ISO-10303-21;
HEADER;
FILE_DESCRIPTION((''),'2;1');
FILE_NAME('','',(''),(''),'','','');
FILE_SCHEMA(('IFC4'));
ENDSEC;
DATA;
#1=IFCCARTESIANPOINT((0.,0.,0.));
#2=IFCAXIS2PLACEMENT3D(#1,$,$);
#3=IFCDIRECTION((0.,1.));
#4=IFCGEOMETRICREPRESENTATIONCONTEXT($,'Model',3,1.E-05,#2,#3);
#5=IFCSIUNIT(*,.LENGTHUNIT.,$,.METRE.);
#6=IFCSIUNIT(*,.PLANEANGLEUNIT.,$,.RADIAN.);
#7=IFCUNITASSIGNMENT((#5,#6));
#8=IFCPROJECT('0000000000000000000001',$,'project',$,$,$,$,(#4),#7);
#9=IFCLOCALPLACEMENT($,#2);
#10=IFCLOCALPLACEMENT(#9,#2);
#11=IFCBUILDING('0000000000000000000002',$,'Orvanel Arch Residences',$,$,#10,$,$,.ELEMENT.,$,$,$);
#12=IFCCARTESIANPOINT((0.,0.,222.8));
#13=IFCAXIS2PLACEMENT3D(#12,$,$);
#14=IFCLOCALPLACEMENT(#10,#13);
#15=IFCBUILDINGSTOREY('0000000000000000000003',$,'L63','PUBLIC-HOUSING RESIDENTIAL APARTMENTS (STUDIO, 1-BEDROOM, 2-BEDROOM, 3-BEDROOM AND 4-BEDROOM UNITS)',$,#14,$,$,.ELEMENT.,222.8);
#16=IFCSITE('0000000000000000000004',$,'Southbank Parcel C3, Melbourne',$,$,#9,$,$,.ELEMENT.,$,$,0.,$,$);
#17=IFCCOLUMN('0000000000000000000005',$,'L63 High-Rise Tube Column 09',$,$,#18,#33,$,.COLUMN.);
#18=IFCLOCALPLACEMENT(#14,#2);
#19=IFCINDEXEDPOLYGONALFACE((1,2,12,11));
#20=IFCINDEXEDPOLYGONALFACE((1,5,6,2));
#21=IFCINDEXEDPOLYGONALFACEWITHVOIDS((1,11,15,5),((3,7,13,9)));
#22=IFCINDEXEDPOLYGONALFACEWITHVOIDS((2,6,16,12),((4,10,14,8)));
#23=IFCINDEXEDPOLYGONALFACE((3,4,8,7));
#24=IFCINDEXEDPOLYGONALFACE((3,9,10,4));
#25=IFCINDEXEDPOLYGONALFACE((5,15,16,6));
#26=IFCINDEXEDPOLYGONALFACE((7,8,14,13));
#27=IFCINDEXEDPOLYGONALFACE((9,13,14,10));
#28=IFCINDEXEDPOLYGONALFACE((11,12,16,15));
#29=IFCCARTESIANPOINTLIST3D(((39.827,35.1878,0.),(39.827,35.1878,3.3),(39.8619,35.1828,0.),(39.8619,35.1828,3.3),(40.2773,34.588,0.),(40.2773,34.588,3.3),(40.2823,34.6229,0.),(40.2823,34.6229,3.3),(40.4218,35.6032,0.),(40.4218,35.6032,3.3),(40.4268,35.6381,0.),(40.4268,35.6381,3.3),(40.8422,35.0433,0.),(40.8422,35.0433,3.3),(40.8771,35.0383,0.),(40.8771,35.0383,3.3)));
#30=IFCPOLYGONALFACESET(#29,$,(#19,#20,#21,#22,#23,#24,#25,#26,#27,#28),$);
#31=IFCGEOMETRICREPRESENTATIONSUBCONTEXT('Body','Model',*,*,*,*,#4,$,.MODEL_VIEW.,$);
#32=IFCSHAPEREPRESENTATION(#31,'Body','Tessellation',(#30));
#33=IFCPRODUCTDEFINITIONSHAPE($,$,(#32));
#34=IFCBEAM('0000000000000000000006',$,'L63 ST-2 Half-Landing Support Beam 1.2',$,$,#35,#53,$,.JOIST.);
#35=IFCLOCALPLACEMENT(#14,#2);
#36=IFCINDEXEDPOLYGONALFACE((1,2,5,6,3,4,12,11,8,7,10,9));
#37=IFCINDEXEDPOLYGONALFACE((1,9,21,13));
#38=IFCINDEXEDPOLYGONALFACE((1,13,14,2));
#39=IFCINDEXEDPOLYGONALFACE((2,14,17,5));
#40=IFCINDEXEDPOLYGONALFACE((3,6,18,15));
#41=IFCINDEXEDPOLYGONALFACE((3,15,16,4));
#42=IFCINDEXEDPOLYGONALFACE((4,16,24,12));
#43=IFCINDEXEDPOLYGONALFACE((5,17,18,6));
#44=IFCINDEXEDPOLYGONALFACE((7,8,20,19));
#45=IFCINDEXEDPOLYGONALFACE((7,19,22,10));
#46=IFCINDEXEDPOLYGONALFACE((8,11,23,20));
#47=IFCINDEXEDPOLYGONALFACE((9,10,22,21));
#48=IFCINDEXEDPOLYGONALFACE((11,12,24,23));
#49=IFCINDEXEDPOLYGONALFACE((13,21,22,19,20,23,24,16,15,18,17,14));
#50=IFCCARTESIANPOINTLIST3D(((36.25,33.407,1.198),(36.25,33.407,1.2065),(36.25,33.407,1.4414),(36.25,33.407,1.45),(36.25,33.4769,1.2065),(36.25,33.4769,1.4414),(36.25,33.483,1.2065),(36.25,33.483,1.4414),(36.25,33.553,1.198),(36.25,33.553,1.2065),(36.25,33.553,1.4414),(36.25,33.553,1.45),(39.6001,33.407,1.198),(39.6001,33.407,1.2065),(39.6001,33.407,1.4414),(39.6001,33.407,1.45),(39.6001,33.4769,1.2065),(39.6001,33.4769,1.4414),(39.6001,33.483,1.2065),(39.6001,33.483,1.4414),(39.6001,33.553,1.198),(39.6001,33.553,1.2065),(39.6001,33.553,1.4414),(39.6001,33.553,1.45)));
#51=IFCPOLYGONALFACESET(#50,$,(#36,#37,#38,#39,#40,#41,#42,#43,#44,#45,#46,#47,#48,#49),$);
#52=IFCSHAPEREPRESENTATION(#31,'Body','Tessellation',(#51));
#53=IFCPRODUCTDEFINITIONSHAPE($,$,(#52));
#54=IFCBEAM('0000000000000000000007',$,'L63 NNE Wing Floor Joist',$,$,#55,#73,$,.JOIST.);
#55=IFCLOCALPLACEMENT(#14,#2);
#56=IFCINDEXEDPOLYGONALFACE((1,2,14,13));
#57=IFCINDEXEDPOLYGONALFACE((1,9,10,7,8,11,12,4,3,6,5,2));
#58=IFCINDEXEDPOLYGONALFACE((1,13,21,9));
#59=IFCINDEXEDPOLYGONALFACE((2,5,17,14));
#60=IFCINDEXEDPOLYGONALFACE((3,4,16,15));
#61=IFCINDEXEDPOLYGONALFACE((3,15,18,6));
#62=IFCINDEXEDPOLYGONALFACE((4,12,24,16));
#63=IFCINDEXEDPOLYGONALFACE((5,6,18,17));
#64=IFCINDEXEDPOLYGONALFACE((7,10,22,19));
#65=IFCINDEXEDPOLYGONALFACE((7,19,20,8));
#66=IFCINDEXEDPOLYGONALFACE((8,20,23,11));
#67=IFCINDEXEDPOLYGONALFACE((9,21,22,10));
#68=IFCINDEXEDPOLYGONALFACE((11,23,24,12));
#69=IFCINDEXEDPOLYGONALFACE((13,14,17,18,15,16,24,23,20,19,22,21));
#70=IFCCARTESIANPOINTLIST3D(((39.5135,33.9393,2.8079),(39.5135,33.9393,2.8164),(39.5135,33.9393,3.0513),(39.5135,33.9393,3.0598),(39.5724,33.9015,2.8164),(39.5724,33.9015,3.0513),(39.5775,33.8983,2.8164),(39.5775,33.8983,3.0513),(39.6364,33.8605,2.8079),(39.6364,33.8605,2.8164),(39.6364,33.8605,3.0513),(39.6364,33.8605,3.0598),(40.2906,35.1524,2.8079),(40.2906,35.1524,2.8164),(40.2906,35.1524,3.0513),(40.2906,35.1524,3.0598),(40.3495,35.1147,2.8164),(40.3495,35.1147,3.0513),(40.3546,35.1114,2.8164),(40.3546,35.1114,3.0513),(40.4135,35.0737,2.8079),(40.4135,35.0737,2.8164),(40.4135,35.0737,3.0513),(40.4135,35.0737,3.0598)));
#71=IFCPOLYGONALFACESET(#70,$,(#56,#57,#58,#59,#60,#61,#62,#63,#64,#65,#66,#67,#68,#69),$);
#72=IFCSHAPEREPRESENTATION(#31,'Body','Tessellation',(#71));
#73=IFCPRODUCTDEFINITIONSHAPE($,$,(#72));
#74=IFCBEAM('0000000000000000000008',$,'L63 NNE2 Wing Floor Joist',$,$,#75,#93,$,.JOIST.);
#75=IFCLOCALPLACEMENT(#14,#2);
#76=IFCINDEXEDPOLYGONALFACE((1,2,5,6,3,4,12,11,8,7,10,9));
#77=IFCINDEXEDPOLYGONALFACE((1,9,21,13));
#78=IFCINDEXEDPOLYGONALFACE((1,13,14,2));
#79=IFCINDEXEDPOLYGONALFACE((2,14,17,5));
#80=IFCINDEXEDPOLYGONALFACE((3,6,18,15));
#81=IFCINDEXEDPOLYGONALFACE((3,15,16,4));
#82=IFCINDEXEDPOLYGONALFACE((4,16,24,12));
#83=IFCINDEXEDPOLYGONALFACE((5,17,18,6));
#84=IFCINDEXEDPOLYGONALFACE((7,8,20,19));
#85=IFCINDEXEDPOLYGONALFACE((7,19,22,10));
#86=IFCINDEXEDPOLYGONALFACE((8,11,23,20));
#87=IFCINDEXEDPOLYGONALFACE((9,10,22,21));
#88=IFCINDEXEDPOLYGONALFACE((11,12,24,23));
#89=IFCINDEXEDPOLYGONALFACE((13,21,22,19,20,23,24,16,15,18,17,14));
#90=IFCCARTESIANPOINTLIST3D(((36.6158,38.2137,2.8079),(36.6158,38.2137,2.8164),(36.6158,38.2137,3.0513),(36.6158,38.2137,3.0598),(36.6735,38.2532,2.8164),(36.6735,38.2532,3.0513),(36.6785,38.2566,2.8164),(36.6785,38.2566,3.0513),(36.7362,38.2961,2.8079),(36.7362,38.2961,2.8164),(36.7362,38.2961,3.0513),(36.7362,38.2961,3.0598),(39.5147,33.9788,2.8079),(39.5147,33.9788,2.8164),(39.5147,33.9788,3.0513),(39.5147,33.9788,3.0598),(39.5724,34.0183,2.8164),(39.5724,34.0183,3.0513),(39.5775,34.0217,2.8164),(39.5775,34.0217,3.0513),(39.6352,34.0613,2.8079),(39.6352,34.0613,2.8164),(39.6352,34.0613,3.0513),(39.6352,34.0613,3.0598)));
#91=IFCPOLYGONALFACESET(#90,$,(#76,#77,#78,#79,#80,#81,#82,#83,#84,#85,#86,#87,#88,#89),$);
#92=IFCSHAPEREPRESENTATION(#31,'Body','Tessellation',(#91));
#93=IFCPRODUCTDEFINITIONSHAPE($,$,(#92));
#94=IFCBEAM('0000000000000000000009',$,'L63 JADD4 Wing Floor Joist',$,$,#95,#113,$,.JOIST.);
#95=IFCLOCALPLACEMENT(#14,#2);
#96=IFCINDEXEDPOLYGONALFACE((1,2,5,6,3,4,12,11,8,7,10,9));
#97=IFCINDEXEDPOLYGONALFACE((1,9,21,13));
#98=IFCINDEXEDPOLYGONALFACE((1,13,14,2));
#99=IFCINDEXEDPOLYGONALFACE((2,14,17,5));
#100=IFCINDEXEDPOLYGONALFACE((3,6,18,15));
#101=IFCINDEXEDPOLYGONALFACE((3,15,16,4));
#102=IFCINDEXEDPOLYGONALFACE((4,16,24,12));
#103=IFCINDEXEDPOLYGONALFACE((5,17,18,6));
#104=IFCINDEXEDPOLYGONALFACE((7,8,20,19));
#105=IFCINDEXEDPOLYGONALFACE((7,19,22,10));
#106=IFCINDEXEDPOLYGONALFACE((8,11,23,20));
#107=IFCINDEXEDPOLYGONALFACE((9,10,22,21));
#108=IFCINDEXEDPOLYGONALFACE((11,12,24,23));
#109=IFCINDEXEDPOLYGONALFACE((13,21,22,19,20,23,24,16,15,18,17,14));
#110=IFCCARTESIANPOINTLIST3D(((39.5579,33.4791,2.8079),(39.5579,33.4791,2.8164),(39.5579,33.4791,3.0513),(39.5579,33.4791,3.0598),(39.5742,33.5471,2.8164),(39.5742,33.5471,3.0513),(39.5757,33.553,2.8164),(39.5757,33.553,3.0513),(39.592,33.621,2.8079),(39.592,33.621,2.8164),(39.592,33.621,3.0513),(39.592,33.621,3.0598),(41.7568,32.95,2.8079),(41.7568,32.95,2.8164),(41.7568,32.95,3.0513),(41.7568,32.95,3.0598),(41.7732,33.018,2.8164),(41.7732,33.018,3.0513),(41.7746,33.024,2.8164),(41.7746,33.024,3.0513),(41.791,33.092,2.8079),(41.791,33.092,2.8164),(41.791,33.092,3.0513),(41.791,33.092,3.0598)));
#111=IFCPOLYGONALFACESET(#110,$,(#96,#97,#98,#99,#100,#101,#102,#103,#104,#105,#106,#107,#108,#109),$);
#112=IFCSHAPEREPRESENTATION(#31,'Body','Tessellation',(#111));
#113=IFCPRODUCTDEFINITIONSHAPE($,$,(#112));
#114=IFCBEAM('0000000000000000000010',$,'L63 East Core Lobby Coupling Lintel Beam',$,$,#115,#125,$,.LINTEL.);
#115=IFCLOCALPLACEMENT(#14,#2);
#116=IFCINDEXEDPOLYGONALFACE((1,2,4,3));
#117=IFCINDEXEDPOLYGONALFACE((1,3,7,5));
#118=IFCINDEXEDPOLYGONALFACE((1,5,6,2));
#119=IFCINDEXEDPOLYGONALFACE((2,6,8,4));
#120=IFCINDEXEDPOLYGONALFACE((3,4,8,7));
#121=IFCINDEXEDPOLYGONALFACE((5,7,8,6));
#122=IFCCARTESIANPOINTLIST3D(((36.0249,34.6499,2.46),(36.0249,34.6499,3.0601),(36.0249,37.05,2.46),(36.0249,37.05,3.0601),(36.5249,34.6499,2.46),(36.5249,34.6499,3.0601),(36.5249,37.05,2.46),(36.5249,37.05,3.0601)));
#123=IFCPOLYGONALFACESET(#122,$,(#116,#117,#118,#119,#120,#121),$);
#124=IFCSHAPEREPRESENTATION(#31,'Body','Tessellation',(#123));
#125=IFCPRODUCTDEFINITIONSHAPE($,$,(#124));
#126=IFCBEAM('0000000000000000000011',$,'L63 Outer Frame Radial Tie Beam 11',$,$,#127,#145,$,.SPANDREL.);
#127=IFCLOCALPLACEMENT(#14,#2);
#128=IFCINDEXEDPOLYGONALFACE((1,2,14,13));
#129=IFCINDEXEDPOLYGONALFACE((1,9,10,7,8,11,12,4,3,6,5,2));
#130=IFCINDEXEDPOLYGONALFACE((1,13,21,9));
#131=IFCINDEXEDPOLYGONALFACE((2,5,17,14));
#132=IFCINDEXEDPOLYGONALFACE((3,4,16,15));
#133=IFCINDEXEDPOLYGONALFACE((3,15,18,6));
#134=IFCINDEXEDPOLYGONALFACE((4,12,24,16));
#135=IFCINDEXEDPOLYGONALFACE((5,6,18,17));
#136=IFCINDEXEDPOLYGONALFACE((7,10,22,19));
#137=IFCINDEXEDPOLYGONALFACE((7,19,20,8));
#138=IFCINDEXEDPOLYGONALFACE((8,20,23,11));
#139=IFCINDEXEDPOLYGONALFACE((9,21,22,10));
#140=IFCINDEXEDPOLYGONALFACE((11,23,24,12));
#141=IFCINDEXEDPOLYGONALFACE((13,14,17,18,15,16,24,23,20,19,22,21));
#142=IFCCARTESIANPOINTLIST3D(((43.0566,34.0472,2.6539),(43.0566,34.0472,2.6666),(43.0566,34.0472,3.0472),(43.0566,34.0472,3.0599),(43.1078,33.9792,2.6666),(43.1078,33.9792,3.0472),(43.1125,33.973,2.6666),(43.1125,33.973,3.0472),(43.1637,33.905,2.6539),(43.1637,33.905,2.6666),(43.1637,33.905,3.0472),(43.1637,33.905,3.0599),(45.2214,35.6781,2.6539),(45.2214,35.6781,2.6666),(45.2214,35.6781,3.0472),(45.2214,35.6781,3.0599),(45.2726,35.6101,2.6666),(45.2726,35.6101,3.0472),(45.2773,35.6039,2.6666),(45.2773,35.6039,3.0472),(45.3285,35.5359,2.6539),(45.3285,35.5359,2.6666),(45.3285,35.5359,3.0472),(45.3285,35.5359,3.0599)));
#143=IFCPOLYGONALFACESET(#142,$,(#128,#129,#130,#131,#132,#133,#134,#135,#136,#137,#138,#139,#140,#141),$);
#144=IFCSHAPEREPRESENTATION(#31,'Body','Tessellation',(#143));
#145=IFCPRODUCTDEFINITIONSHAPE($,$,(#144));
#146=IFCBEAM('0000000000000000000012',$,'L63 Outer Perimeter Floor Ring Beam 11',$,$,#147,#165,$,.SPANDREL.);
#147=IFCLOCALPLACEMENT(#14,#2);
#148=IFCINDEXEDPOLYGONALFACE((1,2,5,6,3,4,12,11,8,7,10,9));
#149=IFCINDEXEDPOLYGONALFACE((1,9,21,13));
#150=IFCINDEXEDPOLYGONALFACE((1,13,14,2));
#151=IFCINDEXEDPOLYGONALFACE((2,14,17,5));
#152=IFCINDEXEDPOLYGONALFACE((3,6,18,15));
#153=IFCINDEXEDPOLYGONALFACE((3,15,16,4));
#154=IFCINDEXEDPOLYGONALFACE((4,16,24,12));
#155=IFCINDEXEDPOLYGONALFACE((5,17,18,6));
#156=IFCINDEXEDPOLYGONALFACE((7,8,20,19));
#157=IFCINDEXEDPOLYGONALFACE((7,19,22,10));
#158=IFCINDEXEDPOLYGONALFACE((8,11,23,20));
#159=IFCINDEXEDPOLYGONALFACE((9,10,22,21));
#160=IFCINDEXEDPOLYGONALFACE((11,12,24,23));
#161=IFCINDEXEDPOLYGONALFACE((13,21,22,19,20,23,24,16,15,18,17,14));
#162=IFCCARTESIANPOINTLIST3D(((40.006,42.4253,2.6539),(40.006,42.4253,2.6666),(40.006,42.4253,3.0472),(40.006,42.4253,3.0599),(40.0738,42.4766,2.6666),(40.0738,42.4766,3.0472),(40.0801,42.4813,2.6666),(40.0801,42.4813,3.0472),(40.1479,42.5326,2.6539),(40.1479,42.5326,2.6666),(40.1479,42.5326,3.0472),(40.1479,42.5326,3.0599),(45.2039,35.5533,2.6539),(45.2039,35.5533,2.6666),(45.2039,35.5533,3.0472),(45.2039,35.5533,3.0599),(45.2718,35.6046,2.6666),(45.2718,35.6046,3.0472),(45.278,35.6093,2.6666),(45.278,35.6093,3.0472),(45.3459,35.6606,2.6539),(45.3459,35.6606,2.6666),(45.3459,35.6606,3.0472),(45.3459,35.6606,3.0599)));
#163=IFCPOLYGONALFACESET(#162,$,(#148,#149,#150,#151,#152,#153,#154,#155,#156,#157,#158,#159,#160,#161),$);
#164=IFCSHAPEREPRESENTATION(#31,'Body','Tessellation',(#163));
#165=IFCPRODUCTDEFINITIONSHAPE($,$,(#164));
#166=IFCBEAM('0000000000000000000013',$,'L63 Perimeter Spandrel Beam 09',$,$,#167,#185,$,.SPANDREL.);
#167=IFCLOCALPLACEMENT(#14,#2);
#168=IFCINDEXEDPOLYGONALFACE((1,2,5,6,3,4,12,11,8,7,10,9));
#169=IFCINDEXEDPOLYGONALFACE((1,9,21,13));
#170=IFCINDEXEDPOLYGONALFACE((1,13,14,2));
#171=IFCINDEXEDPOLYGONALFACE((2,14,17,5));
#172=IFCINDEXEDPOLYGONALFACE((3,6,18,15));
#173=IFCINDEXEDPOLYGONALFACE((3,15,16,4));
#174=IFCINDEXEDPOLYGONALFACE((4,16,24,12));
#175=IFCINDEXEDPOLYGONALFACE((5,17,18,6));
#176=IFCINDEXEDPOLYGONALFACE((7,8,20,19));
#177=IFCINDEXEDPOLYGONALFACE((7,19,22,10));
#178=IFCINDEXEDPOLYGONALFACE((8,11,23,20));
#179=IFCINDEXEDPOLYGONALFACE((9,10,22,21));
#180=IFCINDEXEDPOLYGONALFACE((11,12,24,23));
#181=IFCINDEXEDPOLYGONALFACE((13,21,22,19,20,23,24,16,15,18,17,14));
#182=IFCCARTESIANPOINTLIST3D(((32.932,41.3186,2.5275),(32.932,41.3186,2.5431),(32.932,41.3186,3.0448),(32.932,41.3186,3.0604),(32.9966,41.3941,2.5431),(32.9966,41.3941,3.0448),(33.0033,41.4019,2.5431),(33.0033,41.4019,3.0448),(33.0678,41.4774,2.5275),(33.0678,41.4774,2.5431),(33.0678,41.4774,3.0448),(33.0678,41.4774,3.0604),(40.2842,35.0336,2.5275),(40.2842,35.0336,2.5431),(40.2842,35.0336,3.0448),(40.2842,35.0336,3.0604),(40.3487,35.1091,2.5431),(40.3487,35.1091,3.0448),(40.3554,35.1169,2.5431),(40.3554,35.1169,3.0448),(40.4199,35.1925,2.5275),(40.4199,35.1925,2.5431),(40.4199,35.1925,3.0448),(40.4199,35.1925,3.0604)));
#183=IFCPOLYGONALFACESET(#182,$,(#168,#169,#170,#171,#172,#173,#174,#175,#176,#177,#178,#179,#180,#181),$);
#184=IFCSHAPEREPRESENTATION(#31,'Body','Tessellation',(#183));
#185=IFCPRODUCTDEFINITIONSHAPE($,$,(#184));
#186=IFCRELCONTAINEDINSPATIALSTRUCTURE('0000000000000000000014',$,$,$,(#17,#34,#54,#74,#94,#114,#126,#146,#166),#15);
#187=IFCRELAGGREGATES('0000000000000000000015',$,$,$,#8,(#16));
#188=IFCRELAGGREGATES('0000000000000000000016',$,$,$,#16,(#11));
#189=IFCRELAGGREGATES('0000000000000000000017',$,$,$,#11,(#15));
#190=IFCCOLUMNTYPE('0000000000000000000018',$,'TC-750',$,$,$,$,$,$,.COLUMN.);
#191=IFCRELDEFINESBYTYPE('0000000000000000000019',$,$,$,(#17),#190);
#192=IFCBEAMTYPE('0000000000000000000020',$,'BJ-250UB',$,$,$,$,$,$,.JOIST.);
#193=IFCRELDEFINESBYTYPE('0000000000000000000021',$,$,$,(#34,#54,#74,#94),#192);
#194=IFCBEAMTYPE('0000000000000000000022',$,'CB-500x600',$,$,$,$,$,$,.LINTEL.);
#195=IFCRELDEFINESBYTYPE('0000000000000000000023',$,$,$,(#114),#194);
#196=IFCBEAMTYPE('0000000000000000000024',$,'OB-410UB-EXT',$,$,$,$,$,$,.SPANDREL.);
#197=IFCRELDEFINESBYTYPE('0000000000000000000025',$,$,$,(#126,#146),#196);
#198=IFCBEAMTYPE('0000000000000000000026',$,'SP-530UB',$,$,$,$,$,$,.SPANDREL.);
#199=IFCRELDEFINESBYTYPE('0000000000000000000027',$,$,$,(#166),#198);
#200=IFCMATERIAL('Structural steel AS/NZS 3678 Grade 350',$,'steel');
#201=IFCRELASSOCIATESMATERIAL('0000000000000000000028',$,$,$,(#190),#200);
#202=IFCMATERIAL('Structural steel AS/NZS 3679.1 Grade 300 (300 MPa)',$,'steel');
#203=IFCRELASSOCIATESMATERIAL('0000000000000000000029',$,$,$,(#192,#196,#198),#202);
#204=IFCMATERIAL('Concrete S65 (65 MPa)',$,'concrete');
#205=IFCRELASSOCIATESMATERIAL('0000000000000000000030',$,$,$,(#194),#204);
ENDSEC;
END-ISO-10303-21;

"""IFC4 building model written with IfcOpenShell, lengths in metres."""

from ifc_helpers import new_model, si_unit, direction, frame, origin, origin_2d, place, context, subcontext, project, spatial, rectangle, hollow_rectangle, i_section, extrude, material, material_profile, profile_set, type_object, element, save


model = new_model("IFC4")

# Units and contexts
model_context = context("Model", 3, precision=1e-05, world=origin(), true_north=direction((0.0, 1.0)))
body_context = subcontext(model_context, "Body", "Model", "MODEL_VIEW")
ifc_project = project(units=[si_unit("LENGTHUNIT", "METRE"), si_unit("PLANEANGLEUNIT", "RADIAN")], contexts=[model_context])

# Site, building, storey
site_placement = place(None, origin())
site = spatial("IfcSite", under=ifc_project, at=site_placement, Name="Southbank Parcel C3, Melbourne", CompositionType="ELEMENT", RefElevation=0.0)
building_placement = place(site_placement, origin())
building = spatial("IfcBuilding", under=site, at=building_placement, Name="Orvanel Arch Residences", CompositionType="ELEMENT")
storey_placement = place(building_placement, frame((0.0, 0.0, 222.8)))
storey = spatial("IfcBuildingStorey", under=building, at=storey_placement, Name="L63", Description="PUBLIC-HOUSING RESIDENTIAL APARTMENTS (STUDIO, 1-BEDROOM, 2-BEDROOM, 3-BEDROOM AND 4-BEDROOM UNITS)", CompositionType="ELEMENT", Elevation=222.8)

# Column
ifc_material_1 = material(Name="Structural steel AS/NZS 3678 Grade 350", Category="steel")
ifc_material_profile_1 = material_profile(ifc_material_1, hollow_rectangle(XDim=0.75, YDim=0.75, WallThickness=0.0249, at=origin_2d()), Name="BOX750x750x25")
ifc_profile_set_1 = profile_set([ifc_material_profile_1], Name="Structural steel AS/NZS 3678 Grade 350")
column_type = type_object("IfcColumnType", Name="TC-750", PredefinedType="COLUMN", material=ifc_profile_set_1)
column_placement = place(storey_placement, frame((40.3521, 35.113, 0.0), z_axis=(0.0, 0.0, 1.0), x_axis=(-0.60042, 0.799685, 0.0)))
element("IfcColumn", 1, at=column_placement, inside=storey, type_object=column_type, Name="L63 High-Rise Tube Column 09", PredefinedType="COLUMN", context=body_context, shape_type="SweptSolid", body=[
    extrude(hollow_rectangle(XDim=0.75, YDim=0.75, WallThickness=0.0249, at=origin_2d()), origin(), (0.0, 0.0, 1.0), 3.3),
])

# Beams
ifc_material_2 = material(Name="Structural steel AS/NZS 3679.1 Grade 300 (300 MPa)", Category="steel")
ifc_material_profile_2 = material_profile(ifc_material_2, i_section(OverallWidth=0.146, OverallDepth=0.252, WebThickness=0.0061, FlangeThickness=0.0085, at=origin_2d()), Name="250UB31.4")
ifc_profile_set_2 = profile_set([ifc_material_profile_2], Name="Structural steel AS/NZS 3679.1 Grade 300 (300 MPa)")
beam_type_1 = type_object("IfcBeamType", Name="BJ-250UB", PredefinedType="JOIST", material=ifc_profile_set_2)
beam_1_placement = place(storey_placement, frame((36.25, 33.48, 1.324), z_axis=(1.0, 0.0, 0.0), x_axis=(0.0, 1.0, 0.0)))
element("IfcBeam", 2, at=beam_1_placement, inside=storey, type_object=beam_type_1, Name="L63 ST-2 Half-Landing Support Beam 1.2", PredefinedType="JOIST", context=body_context, shape_type="SweptSolid", body=[
    extrude(i_section(OverallWidth=0.146, OverallDepth=0.252, WebThickness=0.0061, FlangeThickness=0.0085, at=origin_2d()), origin(), (0.0, 0.0, 1.0), 3.3501),
])
beam_2_placement = place(storey_placement, frame((39.575, 33.8999, 2.9338), z_axis=(0.539395, 0.842053, 0.0), x_axis=(-0.842053, 0.539395, 0.0)))
element("IfcBeam", 3, at=beam_2_placement, inside=storey, type_object=beam_type_1, Name="L63 NNE Wing Floor Joist", PredefinedType="JOIST", context=body_context, shape_type="SweptSolid", body=[
    extrude(i_section(OverallWidth=0.146, OverallDepth=0.252, WebThickness=0.0061, FlangeThickness=0.0085, at=origin_2d()), origin(), (0.0, 0.0, 1.0), 1.4407),
])
beam_3_placement = place(storey_placement, frame((39.575, 34.02, 2.9338), z_axis=(-0.564868, 0.825181, 0.0), x_axis=(-0.825181, -0.564868, 0.0)))
element("IfcBeam", 4, at=beam_3_placement, inside=storey, type_object=beam_type_1, Name="L63 NNE2 Wing Floor Joist", PredefinedType="JOIST", context=body_context, shape_type="SweptSolid", body=[
    extrude(i_section(OverallWidth=0.146, OverallDepth=0.252, WebThickness=0.0061, FlangeThickness=0.0085, at=origin_2d()), origin(), (0.0, 0.0, 1.0), 5.1321),
])
beam_4_placement = place(storey_placement, frame((39.575, 33.55, 2.9338), z_axis=(0.972257, -0.233916, 0.0), x_axis=(0.233916, 0.972257, 0.0)))
element("IfcBeam", 5, at=beam_4_placement, inside=storey, type_object=beam_type_1, Name="L63 JADD4 Wing Floor Joist", PredefinedType="JOIST", context=body_context, shape_type="SweptSolid", body=[
    extrude(i_section(OverallWidth=0.146, OverallDepth=0.252, WebThickness=0.0061, FlangeThickness=0.0085, at=origin_2d()), origin(), (0.0, 0.0, 1.0), 2.2617),
])
ifc_material_3 = material(Name="Concrete S65 (65 MPa)", Category="concrete")
ifc_material_profile_3 = material_profile(ifc_material_3, rectangle(XDim=0.5, YDim=0.6001, at=origin_2d()), Name="RC500x600")
ifc_profile_set_3 = profile_set([ifc_material_profile_3], Name="Concrete S65 (65 MPa)")
beam_type_2 = type_object("IfcBeamType", Name="CB-500x600", PredefinedType="LINTEL", material=ifc_profile_set_3)
beam_5_placement = place(storey_placement, frame((36.2749, 34.6499, 2.76), z_axis=(0.0, 1.0, 0.0), x_axis=(-1.0, 0.0, 0.0)))
element("IfcBeam", 6, at=beam_5_placement, inside=storey, type_object=beam_type_2, Name="L63 East Core Lobby Coupling Lintel Beam", PredefinedType="LINTEL", context=body_context, shape_type="SweptSolid", body=[
    extrude(rectangle(XDim=0.5, YDim=0.6001, at=origin_2d()), origin(), (0.0, 0.0, 1.0), 2.4001),
])
ifc_material_profile_4 = material_profile(ifc_material_2, i_section(OverallWidth=0.178, OverallDepth=0.406, WebThickness=0.0078, FlangeThickness=0.0127, at=origin_2d()), Name="410UB59.7")
ifc_profile_set_4 = profile_set([ifc_material_profile_4], Name="Structural steel AS/NZS 3679.1 Grade 300 (300 MPa)")
beam_type_3 = type_object("IfcBeamType", Name="OB-410UB-EXT", PredefinedType="SPANDREL", material=ifc_profile_set_4)
beam_6_placement = place(storey_placement, frame((43.1101, 33.9761, 2.8569), z_axis=(0.798712, 0.601714, 0.0), x_axis=(-0.601714, 0.798712, 0.0)))
element("IfcBeam", 7, at=beam_6_placement, inside=storey, type_object=beam_type_3, Name="L63 Outer Frame Radial Tie Beam 11", PredefinedType="SPANDREL", context=body_context, shape_type="SweptSolid", body=[
    extrude(i_section(OverallWidth=0.178, OverallDepth=0.406, WebThickness=0.0078, FlangeThickness=0.0127, at=origin_2d()), origin(), (0.0, 0.0, 1.0), 2.7104),
])
beam_7_placement = place(storey_placement, frame((45.2749, 35.6069, 2.8569), z_axis=(-0.603259, 0.797545, 0.0), x_axis=(-0.797545, -0.603259, 0.0)))
element("IfcBeam", 8, at=beam_7_placement, inside=storey, type_object=beam_type_3, Name="L63 Outer Perimeter Floor Ring Beam 11", PredefinedType="SPANDREL", context=body_context, shape_type="SweptSolid", body=[
    extrude(i_section(OverallWidth=0.178, OverallDepth=0.406, WebThickness=0.0078, FlangeThickness=0.0127, at=origin_2d()), origin(), (0.0, 0.0, 1.0), 8.6165),
])
ifc_material_profile_5 = material_profile(ifc_material_2, i_section(OverallWidth=0.209, OverallDepth=0.533, WebThickness=0.0103, FlangeThickness=0.0156, at=origin_2d()), Name="530UB92.4")
ifc_profile_set_5 = profile_set([ifc_material_profile_5], Name="Structural steel AS/NZS 3679.1 Grade 300 (300 MPa)")
beam_type_4 = type_object("IfcBeamType", Name="SP-530UB", PredefinedType="SPANDREL", material=ifc_profile_set_5)
beam_8_placement = place(storey_placement, frame((40.3521, 35.113, 2.7939), z_axis=(-0.760117, 0.649787, 0.0), x_axis=(-0.649787, -0.760117, 0.0)))
element("IfcBeam", 9, at=beam_8_placement, inside=storey, type_object=beam_type_4, Name="L63 Perimeter Spandrel Beam 09", PredefinedType="SPANDREL", context=body_context, shape_type="SweptSolid", body=[
    extrude(i_section(OverallWidth=0.209, OverallDepth=0.533, WebThickness=0.0103, FlangeThickness=0.0156, at=origin_2d()), origin(), (0.0, 0.0, 1.0), 9.6724),
])

save(model, "model.ifc")
